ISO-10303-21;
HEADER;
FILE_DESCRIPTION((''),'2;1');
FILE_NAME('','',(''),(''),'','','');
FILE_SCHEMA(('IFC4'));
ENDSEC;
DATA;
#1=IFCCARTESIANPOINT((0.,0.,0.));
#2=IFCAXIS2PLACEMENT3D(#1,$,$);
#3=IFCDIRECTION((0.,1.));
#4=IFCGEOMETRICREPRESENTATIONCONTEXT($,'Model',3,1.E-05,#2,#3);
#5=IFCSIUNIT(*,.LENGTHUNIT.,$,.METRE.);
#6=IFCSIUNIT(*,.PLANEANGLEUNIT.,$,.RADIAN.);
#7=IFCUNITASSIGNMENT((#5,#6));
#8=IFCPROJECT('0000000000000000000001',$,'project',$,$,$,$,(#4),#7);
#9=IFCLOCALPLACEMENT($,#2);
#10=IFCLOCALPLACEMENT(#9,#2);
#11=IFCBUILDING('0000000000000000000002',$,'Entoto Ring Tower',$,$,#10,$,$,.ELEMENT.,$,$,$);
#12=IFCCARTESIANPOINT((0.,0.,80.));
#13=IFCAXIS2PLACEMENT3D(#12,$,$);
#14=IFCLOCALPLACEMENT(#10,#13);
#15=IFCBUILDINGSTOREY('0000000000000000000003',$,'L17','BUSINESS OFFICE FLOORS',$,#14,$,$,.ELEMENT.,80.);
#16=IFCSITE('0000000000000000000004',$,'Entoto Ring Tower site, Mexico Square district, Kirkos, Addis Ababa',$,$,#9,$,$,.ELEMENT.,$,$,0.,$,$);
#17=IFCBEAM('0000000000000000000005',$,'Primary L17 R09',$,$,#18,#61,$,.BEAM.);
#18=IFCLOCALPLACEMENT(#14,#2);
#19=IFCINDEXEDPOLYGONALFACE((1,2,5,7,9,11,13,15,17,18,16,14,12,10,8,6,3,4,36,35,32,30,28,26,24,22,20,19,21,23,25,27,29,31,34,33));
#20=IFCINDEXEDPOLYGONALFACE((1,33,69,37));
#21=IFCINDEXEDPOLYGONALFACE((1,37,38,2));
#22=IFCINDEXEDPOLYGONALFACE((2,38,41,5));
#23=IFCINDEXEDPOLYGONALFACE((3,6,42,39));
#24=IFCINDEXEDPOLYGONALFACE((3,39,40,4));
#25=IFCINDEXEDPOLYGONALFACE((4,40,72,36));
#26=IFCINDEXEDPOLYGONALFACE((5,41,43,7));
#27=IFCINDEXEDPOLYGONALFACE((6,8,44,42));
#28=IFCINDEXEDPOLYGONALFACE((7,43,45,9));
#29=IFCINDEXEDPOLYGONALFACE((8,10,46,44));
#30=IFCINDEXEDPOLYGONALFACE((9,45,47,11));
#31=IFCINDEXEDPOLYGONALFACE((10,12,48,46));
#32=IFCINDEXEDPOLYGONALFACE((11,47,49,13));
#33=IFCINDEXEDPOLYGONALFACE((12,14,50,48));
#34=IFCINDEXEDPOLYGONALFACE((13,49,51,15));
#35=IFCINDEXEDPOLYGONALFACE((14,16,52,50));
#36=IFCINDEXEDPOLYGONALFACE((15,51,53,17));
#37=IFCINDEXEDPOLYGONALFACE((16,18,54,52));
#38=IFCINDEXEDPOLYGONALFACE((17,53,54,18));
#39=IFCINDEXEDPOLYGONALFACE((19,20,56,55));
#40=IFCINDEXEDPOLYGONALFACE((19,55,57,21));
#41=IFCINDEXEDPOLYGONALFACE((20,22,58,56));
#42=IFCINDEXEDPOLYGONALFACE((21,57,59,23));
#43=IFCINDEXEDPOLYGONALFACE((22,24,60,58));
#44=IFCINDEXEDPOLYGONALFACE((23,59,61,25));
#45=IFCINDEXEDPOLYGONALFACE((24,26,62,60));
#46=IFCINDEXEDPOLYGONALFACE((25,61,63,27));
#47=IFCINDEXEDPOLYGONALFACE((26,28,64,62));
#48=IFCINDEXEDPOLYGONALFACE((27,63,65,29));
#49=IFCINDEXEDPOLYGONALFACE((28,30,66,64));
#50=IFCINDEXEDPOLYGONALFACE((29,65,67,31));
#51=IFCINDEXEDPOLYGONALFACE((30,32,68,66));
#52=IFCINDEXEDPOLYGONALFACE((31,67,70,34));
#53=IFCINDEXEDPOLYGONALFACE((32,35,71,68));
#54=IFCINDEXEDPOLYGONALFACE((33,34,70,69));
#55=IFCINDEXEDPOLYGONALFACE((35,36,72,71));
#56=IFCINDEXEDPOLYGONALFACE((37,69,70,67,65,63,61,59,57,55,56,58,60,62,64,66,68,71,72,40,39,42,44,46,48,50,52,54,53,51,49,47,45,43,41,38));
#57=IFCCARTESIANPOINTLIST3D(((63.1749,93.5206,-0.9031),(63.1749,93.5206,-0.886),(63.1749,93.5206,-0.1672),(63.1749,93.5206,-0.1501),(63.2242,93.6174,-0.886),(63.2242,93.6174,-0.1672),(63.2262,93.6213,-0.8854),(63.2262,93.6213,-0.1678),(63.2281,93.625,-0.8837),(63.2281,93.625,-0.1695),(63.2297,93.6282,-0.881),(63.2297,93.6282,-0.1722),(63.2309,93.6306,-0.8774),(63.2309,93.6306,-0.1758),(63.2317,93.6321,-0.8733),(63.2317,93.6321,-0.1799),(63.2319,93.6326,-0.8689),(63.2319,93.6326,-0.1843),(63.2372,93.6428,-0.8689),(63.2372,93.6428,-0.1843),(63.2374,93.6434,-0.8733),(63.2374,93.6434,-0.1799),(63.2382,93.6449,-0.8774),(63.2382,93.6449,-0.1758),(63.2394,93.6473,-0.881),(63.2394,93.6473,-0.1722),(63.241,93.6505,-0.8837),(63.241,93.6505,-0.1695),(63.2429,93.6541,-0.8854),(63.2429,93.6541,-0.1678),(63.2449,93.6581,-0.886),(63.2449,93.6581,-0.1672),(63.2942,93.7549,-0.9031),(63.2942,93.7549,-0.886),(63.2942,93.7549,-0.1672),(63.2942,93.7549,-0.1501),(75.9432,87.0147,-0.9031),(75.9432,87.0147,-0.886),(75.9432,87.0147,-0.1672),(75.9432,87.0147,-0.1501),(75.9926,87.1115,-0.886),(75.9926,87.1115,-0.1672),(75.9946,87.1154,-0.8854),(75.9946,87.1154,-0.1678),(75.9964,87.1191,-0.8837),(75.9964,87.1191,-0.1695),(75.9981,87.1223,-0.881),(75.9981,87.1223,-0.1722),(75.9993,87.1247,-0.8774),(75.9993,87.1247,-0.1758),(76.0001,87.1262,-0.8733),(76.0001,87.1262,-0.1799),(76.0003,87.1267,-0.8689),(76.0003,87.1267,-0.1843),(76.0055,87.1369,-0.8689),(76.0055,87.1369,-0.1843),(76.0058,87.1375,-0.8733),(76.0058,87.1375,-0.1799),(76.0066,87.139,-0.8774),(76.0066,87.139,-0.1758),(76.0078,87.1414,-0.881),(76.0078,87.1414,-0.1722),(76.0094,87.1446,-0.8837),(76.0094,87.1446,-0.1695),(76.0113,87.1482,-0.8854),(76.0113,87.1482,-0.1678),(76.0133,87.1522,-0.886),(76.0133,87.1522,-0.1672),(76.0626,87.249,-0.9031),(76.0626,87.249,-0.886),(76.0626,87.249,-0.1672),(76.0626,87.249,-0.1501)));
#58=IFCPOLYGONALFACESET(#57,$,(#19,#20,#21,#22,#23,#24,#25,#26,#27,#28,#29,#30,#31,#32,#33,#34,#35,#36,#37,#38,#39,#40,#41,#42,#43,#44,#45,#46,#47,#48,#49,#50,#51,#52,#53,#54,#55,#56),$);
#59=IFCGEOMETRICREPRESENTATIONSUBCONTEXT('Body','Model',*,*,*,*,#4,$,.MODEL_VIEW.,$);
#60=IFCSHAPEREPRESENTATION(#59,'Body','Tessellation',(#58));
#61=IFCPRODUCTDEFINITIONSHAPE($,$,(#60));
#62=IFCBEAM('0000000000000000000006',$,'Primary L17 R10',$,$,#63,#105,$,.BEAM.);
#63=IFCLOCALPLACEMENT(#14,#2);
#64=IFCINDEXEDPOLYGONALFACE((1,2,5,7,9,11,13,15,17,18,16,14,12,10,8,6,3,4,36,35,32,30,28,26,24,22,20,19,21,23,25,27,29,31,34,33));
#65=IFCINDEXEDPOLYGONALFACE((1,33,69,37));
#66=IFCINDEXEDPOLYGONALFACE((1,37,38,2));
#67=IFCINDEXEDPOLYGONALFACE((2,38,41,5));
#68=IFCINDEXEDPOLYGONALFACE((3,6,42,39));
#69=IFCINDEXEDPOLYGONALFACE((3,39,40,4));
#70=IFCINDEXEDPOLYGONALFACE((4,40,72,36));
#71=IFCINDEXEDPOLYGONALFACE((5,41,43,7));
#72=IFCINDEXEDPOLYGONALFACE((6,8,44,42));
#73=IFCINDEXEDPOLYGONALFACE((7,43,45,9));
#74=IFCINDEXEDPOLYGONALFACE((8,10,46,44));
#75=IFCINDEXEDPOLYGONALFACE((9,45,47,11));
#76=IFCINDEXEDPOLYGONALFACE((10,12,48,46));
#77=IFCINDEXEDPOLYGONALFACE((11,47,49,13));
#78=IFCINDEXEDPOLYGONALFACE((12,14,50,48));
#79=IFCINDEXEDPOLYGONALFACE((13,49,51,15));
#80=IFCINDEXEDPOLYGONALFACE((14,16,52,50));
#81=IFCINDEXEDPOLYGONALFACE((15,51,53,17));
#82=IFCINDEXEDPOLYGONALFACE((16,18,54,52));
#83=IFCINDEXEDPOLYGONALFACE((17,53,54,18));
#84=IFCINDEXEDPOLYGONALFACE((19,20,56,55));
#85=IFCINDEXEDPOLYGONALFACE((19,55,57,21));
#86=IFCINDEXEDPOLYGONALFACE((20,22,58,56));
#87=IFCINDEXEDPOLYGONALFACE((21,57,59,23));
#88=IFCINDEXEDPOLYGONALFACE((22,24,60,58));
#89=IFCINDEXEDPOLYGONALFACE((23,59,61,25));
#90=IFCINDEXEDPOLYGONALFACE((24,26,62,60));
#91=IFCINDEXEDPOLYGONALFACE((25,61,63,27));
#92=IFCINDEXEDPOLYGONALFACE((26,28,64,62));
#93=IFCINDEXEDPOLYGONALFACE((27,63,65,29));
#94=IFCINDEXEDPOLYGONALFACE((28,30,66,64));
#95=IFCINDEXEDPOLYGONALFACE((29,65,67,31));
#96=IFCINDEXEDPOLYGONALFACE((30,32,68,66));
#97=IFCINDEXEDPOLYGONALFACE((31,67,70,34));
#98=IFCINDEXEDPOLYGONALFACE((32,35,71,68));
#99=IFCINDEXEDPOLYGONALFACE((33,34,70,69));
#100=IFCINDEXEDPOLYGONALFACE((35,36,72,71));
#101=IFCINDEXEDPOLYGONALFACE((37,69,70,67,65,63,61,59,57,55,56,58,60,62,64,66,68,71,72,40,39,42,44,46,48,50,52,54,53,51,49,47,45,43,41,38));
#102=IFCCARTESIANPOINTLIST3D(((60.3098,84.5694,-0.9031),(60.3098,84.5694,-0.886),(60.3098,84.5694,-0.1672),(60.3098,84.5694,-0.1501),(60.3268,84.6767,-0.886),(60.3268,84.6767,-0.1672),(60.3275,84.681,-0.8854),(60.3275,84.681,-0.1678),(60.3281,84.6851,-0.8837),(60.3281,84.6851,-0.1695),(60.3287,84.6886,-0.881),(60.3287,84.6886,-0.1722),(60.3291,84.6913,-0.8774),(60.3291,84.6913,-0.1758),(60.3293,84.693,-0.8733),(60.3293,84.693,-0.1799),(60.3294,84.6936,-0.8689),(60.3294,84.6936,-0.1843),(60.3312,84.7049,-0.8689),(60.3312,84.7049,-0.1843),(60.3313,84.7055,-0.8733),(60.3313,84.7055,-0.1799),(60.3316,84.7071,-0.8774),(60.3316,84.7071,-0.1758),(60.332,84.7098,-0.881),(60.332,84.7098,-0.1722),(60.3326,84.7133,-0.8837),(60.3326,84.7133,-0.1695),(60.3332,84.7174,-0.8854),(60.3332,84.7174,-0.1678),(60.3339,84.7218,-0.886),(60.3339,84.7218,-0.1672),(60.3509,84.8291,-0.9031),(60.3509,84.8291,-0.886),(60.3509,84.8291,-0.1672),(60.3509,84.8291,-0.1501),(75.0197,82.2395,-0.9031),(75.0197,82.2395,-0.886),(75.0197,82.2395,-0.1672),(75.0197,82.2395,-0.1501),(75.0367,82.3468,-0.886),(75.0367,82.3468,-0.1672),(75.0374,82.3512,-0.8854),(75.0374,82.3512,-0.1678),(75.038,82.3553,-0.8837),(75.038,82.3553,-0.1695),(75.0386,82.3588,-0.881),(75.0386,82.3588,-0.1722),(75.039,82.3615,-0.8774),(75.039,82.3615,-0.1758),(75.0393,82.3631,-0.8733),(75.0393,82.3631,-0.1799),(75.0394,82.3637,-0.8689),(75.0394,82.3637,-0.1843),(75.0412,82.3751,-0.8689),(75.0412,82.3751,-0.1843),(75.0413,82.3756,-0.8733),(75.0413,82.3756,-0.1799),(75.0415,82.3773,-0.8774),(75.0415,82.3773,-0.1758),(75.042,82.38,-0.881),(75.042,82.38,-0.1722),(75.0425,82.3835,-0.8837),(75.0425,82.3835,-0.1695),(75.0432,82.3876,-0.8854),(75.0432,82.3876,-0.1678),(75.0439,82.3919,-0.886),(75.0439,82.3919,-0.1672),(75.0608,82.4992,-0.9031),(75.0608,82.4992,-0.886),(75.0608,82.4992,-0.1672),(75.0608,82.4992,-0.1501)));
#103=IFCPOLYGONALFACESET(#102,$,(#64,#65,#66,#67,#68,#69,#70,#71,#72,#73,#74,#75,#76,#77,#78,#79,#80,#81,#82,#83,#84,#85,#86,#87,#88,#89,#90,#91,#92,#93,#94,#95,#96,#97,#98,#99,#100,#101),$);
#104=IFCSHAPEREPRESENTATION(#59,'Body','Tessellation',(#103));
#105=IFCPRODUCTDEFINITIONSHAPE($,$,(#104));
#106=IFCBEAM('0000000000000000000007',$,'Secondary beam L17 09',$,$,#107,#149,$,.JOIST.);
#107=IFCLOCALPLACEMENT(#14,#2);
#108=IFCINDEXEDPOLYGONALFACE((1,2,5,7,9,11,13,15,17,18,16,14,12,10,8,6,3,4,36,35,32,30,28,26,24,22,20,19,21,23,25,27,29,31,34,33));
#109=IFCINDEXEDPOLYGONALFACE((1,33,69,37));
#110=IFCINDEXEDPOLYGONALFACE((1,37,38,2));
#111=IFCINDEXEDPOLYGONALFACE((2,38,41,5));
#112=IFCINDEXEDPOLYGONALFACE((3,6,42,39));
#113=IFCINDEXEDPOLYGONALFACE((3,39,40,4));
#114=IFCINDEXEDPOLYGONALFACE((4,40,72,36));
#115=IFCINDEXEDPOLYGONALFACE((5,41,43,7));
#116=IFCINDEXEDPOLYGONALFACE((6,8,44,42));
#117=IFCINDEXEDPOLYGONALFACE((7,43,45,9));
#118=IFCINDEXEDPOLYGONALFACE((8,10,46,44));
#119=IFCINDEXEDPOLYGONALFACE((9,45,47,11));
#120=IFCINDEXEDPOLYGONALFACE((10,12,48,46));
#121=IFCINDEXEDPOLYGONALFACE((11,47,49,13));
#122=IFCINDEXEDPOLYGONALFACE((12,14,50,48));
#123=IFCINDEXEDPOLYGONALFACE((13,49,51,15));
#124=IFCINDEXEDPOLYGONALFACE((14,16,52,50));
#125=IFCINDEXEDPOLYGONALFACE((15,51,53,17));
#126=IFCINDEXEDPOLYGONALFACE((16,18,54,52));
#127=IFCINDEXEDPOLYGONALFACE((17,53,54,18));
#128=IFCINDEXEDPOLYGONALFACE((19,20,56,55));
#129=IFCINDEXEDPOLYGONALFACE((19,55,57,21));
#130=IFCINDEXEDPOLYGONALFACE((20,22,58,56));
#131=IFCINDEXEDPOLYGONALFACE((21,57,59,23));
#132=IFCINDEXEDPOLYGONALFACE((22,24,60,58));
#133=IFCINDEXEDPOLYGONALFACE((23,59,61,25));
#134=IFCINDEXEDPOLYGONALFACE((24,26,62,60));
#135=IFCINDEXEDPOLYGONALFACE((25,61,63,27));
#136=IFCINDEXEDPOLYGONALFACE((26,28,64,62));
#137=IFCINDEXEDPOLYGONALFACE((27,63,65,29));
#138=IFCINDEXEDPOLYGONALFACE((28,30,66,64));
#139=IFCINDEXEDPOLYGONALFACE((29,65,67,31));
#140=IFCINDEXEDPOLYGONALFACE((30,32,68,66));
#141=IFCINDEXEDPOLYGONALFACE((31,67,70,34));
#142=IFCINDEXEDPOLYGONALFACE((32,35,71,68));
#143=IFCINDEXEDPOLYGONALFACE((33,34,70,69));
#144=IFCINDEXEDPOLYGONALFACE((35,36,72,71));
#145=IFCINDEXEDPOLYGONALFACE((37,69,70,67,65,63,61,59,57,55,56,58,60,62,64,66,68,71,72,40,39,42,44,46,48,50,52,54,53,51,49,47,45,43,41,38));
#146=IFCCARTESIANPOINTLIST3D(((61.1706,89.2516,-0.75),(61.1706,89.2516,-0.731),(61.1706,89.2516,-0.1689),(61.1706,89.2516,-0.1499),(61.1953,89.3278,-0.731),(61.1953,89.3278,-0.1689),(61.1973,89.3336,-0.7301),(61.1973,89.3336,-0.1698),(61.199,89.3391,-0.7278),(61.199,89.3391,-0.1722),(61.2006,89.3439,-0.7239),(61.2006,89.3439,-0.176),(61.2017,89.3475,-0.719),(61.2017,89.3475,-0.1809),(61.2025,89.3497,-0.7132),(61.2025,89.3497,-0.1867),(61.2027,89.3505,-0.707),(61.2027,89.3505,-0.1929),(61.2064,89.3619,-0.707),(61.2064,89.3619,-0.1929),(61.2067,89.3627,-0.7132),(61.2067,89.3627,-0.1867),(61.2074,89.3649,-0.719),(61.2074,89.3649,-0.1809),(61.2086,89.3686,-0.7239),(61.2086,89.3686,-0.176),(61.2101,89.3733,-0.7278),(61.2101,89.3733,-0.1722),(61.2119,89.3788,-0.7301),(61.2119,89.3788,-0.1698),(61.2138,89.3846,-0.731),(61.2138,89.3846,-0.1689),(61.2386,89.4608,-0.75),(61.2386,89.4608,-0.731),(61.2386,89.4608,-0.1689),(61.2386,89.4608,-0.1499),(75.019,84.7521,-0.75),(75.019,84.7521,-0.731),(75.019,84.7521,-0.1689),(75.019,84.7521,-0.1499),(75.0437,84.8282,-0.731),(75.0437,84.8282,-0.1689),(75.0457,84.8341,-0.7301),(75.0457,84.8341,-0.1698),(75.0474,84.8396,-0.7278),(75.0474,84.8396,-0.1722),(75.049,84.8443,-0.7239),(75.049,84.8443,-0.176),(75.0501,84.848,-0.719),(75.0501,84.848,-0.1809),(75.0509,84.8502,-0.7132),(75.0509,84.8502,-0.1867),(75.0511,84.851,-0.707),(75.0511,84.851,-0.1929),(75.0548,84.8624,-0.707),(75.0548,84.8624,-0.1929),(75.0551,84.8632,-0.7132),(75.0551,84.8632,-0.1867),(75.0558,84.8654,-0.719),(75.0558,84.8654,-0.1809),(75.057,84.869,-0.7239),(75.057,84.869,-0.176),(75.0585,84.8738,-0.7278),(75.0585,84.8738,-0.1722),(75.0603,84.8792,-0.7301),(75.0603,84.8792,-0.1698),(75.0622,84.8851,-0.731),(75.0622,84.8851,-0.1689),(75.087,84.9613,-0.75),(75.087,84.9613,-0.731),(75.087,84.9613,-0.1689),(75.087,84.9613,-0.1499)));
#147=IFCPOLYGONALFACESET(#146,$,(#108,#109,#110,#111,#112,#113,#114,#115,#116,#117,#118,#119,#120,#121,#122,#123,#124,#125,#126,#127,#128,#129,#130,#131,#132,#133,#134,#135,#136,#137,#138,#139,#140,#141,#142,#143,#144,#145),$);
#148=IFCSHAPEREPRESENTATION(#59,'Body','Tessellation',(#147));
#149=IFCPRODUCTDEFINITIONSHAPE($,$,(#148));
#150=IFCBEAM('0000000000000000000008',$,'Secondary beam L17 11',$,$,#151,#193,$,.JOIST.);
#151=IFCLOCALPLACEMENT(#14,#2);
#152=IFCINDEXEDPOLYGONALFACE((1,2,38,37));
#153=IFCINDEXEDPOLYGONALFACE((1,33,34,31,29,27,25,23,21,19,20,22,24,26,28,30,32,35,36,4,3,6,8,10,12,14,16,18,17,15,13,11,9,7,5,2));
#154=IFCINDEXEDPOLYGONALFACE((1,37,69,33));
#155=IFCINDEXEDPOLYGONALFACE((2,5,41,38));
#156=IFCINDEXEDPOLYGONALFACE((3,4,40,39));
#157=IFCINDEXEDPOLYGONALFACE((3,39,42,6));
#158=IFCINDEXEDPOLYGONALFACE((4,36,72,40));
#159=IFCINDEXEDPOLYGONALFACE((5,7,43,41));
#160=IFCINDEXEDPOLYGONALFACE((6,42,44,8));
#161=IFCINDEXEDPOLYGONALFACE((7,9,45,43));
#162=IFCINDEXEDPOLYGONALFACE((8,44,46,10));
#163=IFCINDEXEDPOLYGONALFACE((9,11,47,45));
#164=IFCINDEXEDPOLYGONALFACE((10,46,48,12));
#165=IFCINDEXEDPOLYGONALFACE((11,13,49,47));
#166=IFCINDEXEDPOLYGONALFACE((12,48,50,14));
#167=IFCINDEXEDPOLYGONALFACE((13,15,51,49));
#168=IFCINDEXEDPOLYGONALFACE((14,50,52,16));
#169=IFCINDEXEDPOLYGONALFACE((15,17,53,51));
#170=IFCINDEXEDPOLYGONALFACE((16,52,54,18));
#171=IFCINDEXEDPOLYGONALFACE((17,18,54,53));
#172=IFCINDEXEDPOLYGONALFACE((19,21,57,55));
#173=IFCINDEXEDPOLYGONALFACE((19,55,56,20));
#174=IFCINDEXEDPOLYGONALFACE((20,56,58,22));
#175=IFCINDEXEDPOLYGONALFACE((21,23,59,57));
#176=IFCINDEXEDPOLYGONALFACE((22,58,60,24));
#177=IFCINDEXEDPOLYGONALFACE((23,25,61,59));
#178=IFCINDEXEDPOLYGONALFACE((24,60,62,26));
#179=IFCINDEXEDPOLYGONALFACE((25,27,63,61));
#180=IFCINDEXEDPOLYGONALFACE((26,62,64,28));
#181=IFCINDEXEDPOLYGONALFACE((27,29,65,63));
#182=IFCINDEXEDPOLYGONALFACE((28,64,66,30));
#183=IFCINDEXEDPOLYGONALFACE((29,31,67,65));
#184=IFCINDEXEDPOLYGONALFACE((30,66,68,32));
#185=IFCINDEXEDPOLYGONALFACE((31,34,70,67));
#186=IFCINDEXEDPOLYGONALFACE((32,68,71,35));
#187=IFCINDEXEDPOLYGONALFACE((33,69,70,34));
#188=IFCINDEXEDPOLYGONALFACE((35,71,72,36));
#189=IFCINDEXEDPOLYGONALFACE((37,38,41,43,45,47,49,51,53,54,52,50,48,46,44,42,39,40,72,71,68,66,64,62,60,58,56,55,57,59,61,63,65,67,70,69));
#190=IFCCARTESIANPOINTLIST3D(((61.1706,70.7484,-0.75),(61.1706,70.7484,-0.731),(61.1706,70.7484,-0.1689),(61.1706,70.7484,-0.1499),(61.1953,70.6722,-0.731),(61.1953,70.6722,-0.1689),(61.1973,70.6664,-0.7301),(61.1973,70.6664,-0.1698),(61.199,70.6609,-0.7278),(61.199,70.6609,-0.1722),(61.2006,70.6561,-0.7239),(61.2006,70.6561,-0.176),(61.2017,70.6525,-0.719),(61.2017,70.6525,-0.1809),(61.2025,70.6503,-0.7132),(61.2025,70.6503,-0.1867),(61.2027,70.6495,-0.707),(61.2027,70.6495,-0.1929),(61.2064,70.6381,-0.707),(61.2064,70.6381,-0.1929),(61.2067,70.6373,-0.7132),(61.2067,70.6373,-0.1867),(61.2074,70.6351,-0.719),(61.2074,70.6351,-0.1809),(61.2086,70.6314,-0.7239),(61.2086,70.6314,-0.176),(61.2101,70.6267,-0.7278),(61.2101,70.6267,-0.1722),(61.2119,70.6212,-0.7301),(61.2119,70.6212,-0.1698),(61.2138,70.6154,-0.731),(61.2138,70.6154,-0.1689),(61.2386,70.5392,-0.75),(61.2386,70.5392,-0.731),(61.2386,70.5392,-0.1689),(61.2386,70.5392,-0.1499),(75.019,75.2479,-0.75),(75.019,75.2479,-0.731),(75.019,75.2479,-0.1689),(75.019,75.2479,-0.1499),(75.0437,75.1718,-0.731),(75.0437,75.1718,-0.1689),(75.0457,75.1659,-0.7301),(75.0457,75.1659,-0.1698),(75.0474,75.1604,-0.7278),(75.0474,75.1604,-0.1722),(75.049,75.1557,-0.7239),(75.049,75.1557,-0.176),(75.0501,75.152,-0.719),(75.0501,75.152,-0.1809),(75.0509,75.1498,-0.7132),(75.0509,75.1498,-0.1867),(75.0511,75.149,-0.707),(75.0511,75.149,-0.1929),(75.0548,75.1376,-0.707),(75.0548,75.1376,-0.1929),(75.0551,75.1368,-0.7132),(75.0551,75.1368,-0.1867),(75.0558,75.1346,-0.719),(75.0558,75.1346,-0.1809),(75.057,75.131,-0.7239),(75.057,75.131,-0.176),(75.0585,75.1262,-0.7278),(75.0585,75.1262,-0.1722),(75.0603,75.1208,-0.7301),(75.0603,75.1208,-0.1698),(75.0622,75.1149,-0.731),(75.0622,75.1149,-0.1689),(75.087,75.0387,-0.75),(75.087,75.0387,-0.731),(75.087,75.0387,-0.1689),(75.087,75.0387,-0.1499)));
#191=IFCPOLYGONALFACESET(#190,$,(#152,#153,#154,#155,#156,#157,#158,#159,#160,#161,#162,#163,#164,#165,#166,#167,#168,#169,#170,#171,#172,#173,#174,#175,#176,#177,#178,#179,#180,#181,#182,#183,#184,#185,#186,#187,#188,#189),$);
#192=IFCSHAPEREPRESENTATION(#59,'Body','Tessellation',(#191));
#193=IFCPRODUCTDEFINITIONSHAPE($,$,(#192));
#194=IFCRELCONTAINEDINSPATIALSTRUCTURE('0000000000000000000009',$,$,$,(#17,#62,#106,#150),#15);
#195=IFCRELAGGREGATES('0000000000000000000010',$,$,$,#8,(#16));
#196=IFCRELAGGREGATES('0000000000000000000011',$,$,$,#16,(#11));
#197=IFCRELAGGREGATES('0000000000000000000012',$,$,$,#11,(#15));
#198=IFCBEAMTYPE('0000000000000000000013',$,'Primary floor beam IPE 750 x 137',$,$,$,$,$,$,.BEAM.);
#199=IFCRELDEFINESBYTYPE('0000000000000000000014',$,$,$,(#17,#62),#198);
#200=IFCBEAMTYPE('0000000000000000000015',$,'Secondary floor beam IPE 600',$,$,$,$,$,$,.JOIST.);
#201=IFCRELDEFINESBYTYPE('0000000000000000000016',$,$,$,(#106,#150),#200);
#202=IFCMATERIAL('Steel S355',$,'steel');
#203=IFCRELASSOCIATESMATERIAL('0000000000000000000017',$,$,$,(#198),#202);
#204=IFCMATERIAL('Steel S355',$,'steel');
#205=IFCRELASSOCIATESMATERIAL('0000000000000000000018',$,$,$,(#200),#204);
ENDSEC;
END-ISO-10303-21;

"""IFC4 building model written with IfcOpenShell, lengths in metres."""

from ifc_helpers import new_model, si_unit, direction, frame, origin, origin_2d, place, context, subcontext, project, spatial, i_section, extrude, material, material_profile, profile_set, type_object, element, save


model = new_model("IFC4")

# Units and contexts
model_context = context("Model", 3, precision=1e-05, world=origin(), true_north=direction((0.0, 1.0)))
body_context = subcontext(model_context, "Body", "Model", "MODEL_VIEW")
ifc_project = project(units=[si_unit("LENGTHUNIT", "METRE"), si_unit("PLANEANGLEUNIT", "RADIAN")], contexts=[model_context])

# Site, building, storey
site_placement = place(None, origin())
site = spatial("IfcSite", under=ifc_project, at=site_placement, Name="Entoto Ring Tower site, Mexico Square district, Kirkos, Addis Ababa", CompositionType="ELEMENT", RefElevation=0.0)
building_placement = place(site_placement, origin())
building = spatial("IfcBuilding", under=site, at=building_placement, Name="Entoto Ring Tower", CompositionType="ELEMENT")
storey_placement = place(building_placement, frame((0.0, 0.0, 80.0)))
storey = spatial("IfcBuildingStorey", under=building, at=storey_placement, Name="L17", Description="BUSINESS OFFICE FLOORS", CompositionType="ELEMENT", Elevation=80.0)

# Beams
ifc_material_1 = material(Name="Steel S355", Category="steel")
ifc_material_profile_1 = material_profile(ifc_material_1, i_section(OverallWidth=0.2629, OverallDepth=0.7529, WebThickness=0.0115, FlangeThickness=0.0171, FilletRadius=0.0171, at=origin_2d()), Name="IPE 750 x 137")
ifc_profile_set_1 = profile_set([ifc_material_profile_1], Name="Steel S355")
beam_type_1 = type_object("IfcBeamType", Name="Primary floor beam IPE 750 x 137", PredefinedType="BEAM", material=ifc_profile_set_1)
beam_1_placement = place(storey_placement, frame((76.0029, 87.1318, -0.5266), z_axis=(-0.891004, 0.453995, 0.0), x_axis=(-0.453995, -0.891004, 0.0)))
element("IfcBeam", 1, at=beam_1_placement, inside=storey, type_object=beam_type_1, Name="Primary L17 R09", PredefinedType="BEAM", context=body_context, shape_type="SweptSolid", body=[
    extrude(i_section(OverallWidth=0.2629, OverallDepth=0.7529, WebThickness=0.0115, FlangeThickness=0.0171, FilletRadius=0.0171, at=origin_2d()), origin(), (0.0, 0.0, 1.0), 14.3303),
])
beam_2_placement = place(storey_placement, frame((75.0403, 82.3694, -0.5266), z_axis=(-0.987688, 0.156435, 0.0), x_axis=(-0.156435, -0.987688, 0.0)))
element("IfcBeam", 2, at=beam_2_placement, inside=storey, type_object=beam_type_1, Name="Primary L17 R10", PredefinedType="BEAM", context=body_context, shape_type="SweptSolid", body=[
    extrude(i_section(OverallWidth=0.2629, OverallDepth=0.7529, WebThickness=0.0115, FlangeThickness=0.0171, FilletRadius=0.0171, at=origin_2d()), origin(), (0.0, 0.0, 1.0), 14.8933),
])
ifc_material_2 = material(Name="Steel S355", Category="steel")
ifc_material_profile_2 = material_profile(ifc_material_2, i_section(OverallWidth=0.22, OverallDepth=0.6001, WebThickness=0.012, FlangeThickness=0.019, FilletRadius=0.0239, at=origin_2d()), Name="IPE 600")
ifc_profile_set_2 = profile_set([ifc_material_profile_2], Name="Steel S355")
beam_type_2 = type_object("IfcBeamType", Name="Secondary floor beam IPE 600", PredefinedType="JOIST", material=ifc_profile_set_2)
for number, where, z_axis, x_axis, name in (
    (3, (75.053, 84.8567, -0.45), (-0.951059, 0.309011, 0.0), (-0.309011, -0.951059, 0.0), "Secondary beam L17 09"),
    (4, (75.053, 75.1433, -0.45), (-0.951059, -0.309011, 0.0), (0.309011, -0.951059, 0.0), "Secondary beam L17 11"),
):
    element("IfcBeam", number, at=place(storey_placement, frame(where, z_axis=z_axis, x_axis=x_axis)), inside=storey, type_object=beam_type_2, Name=name, PredefinedType="JOIST", context=body_context, shape_type="SweptSolid", body=[
        extrude(i_section(OverallWidth=0.22, OverallDepth=0.6001, WebThickness=0.012, FlangeThickness=0.019, FilletRadius=0.0239, at=origin_2d()), origin(), (0.0, 0.0, 1.0), 14.561),
    ])

save(model, "model.ifc")
